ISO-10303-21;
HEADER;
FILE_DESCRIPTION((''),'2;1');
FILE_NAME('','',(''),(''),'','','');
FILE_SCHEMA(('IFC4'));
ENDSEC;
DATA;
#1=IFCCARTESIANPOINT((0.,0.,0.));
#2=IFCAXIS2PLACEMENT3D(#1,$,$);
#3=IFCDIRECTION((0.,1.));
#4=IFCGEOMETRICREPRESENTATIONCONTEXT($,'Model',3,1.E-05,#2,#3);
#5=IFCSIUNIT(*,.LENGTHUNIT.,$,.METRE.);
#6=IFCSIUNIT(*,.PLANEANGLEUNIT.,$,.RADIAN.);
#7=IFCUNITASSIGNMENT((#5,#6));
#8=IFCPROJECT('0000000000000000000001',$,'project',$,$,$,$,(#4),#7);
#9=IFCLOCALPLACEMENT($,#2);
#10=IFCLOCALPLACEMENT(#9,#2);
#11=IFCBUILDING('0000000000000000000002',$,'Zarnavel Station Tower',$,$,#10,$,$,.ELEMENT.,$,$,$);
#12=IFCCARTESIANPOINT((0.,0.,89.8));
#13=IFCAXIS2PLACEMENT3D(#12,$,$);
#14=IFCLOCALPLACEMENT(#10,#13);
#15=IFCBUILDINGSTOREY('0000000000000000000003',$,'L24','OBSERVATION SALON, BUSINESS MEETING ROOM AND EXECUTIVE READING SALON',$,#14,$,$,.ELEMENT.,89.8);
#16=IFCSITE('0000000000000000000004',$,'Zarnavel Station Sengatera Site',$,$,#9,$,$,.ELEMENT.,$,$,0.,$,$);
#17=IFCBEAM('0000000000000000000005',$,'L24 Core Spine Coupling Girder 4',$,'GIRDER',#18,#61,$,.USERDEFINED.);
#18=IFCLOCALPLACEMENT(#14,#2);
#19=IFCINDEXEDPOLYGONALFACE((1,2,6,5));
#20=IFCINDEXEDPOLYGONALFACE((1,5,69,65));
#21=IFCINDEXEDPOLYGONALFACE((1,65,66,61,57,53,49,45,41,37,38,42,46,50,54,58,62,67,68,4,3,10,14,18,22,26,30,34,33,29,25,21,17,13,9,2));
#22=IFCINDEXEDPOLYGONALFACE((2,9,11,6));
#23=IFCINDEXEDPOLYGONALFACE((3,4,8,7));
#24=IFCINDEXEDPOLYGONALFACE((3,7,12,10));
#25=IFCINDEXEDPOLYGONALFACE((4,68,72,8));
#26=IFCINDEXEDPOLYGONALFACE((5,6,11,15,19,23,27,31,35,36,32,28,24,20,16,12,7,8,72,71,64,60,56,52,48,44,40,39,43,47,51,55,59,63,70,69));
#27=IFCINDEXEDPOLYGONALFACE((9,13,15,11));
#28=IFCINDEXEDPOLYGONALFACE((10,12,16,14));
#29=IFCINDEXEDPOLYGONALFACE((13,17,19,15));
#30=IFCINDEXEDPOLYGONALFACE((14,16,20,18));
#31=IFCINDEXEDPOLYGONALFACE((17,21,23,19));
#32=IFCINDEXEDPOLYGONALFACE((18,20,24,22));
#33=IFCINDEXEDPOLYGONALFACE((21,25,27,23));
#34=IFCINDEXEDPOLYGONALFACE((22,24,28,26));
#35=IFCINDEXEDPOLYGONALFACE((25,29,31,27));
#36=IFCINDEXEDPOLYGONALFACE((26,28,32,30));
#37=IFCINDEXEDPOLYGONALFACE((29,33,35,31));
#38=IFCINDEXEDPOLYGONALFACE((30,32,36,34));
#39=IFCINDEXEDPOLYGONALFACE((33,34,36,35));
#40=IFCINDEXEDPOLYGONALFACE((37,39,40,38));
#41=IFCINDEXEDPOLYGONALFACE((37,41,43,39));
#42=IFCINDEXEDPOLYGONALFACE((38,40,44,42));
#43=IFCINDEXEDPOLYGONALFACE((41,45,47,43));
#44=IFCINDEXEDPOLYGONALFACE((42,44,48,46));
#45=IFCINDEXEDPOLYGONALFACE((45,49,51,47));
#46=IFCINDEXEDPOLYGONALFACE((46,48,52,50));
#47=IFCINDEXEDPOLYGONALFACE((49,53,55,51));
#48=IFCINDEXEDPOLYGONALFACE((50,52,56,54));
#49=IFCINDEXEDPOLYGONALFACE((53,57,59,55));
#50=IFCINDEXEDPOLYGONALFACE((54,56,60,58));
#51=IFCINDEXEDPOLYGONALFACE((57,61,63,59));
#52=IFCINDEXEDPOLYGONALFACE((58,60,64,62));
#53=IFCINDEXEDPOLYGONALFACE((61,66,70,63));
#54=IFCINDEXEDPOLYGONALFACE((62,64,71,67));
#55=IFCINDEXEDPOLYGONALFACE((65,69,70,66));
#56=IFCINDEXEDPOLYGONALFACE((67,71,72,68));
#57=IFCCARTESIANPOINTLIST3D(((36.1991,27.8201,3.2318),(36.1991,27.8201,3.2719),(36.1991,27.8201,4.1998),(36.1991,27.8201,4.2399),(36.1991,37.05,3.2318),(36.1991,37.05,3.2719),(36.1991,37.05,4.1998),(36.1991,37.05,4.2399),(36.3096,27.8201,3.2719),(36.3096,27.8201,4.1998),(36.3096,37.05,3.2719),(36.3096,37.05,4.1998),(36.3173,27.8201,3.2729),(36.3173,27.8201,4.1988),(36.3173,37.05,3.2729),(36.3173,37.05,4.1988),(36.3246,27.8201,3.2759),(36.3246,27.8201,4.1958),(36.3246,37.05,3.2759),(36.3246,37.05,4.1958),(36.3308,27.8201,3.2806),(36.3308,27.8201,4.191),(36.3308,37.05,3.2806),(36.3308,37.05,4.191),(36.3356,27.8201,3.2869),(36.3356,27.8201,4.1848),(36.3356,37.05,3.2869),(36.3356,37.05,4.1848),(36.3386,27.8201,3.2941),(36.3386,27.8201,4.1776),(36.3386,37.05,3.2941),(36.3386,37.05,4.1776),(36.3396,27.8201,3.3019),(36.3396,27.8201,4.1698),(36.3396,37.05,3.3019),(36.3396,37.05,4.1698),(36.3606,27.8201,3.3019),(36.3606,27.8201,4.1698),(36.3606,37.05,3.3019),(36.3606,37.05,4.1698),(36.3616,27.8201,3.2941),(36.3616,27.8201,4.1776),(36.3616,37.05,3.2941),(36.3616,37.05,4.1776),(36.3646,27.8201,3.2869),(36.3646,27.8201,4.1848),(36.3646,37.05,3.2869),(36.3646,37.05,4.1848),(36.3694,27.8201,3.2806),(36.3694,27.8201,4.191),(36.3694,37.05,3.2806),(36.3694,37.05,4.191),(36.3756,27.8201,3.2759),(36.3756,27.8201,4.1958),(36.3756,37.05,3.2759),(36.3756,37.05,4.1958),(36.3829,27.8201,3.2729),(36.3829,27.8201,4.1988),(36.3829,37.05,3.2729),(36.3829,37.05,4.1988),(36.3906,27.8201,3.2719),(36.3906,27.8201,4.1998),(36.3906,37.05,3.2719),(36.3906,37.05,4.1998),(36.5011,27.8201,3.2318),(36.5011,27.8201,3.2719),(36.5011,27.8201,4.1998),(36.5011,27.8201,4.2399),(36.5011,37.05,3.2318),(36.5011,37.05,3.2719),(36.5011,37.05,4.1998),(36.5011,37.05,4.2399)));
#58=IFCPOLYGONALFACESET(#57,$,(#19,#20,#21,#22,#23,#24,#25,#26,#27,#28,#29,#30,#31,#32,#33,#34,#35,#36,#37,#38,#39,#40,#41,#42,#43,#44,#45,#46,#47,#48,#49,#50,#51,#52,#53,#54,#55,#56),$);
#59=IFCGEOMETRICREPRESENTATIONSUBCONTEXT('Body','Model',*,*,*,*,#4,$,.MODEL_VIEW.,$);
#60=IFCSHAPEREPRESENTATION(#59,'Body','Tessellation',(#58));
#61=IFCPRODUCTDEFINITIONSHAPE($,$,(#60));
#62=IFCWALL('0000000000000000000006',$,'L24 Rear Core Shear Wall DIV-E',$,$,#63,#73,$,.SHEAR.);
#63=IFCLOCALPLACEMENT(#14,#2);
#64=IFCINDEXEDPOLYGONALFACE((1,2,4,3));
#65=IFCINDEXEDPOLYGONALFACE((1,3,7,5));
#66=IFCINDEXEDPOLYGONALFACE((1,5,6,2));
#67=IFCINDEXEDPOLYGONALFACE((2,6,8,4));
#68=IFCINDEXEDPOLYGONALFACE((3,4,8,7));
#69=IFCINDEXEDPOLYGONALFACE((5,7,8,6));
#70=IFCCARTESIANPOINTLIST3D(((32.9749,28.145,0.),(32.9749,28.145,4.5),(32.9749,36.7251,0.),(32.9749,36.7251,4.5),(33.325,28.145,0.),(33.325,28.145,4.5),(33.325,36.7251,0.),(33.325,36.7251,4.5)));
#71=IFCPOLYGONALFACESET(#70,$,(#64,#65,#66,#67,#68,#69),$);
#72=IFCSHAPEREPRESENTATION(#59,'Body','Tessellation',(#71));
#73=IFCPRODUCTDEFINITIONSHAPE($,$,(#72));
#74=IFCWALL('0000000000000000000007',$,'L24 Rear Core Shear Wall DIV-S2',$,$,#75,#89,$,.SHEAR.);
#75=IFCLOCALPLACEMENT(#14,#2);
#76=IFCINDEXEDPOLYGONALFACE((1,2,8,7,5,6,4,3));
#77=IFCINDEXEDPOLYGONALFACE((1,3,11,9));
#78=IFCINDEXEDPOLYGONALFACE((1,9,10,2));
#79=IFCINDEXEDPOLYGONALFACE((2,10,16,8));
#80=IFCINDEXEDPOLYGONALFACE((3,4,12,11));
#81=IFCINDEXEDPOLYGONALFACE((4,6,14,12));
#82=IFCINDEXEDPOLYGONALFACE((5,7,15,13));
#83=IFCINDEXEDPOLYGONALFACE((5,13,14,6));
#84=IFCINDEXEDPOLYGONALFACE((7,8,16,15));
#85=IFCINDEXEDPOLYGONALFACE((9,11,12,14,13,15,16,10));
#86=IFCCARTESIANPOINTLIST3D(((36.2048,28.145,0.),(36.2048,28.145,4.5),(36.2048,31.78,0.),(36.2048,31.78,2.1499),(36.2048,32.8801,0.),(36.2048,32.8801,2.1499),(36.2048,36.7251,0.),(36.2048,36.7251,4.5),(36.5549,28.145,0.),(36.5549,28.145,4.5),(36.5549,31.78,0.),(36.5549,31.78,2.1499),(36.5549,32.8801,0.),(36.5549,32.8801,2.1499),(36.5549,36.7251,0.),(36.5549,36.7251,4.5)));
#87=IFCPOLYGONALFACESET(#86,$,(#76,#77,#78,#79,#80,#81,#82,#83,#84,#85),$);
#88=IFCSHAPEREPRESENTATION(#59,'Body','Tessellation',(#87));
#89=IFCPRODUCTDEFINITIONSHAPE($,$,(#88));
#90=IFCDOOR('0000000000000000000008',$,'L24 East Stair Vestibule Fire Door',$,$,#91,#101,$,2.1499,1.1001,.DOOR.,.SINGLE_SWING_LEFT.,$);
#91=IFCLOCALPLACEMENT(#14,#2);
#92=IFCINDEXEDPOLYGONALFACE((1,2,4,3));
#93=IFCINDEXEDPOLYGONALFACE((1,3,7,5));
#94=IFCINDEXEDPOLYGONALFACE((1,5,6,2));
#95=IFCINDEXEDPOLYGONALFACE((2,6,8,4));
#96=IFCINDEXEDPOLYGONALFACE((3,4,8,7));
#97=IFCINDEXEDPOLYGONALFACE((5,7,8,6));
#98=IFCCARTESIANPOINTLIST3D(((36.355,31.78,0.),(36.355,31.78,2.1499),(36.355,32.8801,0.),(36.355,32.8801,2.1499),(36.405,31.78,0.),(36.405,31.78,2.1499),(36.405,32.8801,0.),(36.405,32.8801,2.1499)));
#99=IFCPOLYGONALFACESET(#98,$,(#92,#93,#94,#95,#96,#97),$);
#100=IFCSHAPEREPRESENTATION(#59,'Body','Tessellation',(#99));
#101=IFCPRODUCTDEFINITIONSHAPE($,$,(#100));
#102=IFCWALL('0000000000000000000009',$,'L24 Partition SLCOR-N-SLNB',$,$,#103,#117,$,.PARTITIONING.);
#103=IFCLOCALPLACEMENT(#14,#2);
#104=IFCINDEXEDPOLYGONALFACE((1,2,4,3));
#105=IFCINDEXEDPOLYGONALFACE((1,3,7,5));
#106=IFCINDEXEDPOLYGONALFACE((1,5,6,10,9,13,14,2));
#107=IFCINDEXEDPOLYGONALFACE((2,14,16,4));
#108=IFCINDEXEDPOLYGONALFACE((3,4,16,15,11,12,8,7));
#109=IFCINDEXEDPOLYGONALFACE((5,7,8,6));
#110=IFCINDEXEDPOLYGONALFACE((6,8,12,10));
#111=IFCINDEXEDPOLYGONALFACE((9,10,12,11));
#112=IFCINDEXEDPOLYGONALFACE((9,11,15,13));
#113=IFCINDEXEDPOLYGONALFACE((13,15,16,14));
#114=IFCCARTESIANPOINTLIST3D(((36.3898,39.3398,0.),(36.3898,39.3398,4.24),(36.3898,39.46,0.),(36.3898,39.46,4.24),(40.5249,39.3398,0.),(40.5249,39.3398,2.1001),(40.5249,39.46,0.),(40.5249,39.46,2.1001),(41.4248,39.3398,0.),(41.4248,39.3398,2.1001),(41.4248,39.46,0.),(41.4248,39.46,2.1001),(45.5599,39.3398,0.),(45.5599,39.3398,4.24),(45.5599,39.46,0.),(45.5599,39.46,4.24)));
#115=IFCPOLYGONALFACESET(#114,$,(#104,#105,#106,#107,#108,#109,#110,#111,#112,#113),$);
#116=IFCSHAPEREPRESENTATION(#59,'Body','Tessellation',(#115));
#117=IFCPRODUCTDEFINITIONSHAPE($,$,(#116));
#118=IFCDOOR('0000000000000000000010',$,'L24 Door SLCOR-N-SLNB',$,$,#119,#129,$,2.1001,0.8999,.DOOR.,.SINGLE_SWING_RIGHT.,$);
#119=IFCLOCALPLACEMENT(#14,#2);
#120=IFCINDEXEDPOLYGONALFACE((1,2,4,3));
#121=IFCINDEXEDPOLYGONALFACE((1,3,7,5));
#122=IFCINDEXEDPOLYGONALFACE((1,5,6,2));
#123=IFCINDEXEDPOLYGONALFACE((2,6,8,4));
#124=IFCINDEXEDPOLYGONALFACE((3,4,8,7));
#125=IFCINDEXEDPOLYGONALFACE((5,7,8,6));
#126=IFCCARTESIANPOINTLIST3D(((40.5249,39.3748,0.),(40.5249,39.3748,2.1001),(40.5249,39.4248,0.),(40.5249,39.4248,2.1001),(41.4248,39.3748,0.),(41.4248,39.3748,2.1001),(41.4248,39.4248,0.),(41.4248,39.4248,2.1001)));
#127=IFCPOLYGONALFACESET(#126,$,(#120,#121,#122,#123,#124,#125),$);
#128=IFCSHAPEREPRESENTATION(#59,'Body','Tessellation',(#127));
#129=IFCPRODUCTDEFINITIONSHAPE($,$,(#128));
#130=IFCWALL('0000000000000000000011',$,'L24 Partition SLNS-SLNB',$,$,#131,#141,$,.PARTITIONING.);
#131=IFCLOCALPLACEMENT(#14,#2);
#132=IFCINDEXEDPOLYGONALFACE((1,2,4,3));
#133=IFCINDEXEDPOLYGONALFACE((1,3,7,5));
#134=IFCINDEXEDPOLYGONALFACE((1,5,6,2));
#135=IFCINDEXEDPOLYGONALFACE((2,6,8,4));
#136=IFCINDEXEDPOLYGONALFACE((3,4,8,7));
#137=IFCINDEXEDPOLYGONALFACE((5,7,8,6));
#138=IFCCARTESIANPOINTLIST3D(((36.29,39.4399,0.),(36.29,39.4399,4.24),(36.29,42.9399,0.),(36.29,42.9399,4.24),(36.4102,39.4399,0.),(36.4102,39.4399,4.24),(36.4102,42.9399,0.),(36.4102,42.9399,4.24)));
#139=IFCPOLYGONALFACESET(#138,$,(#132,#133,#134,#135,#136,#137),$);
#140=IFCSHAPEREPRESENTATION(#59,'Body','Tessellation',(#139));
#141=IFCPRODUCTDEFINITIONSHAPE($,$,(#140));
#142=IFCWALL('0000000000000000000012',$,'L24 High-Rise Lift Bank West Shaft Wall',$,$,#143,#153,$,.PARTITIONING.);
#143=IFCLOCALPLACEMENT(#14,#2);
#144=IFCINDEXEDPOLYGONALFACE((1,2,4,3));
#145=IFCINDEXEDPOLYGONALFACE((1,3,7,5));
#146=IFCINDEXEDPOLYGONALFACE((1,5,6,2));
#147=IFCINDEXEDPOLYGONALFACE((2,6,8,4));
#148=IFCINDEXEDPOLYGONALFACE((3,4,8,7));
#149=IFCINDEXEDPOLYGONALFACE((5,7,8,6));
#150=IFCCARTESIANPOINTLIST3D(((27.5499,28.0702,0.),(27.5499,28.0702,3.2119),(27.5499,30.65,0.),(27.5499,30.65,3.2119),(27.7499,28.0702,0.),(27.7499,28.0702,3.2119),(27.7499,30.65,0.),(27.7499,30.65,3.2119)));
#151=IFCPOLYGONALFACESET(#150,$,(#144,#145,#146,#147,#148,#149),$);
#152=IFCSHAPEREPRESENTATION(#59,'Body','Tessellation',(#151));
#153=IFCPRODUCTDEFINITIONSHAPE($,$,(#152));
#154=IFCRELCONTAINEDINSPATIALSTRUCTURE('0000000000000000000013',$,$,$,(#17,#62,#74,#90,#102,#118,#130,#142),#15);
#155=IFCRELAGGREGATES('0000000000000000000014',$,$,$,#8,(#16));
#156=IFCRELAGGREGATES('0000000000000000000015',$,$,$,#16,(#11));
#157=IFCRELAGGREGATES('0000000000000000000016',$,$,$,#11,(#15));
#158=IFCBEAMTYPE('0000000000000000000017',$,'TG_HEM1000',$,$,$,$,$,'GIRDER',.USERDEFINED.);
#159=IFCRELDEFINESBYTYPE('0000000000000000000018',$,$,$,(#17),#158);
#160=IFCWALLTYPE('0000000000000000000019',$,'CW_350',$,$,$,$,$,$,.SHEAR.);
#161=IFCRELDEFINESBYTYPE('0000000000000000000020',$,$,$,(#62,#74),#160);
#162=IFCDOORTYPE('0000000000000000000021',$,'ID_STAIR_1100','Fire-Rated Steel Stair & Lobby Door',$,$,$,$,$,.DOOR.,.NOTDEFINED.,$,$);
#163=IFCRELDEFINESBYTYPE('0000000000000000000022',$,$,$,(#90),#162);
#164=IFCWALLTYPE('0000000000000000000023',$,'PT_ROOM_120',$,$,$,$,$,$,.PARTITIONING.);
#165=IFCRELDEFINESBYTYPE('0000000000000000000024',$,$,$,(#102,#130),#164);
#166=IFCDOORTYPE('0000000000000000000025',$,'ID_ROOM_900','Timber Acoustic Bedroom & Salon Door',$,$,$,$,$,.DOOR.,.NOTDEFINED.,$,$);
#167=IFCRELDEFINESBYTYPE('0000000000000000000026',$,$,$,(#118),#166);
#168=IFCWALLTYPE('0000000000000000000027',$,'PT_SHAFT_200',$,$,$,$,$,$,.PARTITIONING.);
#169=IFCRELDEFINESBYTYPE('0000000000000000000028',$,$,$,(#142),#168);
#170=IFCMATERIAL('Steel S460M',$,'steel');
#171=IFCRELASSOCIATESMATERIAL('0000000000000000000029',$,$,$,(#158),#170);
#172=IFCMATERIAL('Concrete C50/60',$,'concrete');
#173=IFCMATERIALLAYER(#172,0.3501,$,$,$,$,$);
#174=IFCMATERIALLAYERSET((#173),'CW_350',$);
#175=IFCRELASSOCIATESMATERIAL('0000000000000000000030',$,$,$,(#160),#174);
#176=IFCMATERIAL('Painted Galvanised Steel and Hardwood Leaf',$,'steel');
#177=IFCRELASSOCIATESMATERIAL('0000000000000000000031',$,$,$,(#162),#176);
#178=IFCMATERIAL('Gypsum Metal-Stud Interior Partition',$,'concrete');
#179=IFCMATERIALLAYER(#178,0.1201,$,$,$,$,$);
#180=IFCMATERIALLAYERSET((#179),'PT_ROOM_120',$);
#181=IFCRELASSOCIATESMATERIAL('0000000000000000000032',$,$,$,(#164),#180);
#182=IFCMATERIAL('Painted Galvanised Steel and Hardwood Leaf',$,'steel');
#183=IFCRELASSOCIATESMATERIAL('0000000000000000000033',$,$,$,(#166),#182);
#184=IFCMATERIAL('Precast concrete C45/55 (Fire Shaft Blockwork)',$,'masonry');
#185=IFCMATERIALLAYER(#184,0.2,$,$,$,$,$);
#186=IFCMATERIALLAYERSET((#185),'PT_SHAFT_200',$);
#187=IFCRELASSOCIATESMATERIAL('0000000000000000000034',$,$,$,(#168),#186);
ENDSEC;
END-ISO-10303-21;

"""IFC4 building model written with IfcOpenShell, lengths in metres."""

from ifc_helpers import new_model, si_unit, direction, frame, frame_2d, origin, origin_2d, place, context, subcontext, project, spatial, rectangle, i_section, extrude, material, layer, layer_set, material_profile, profile_set, type_object, element, fill, save


model = new_model("IFC4")

# Units and contexts
model_context = context("Model", 3, precision=1e-05, world=origin(), true_north=direction((0.0, 1.0)))
body_context = subcontext(model_context, "Body", "Model", "MODEL_VIEW")
ifc_project = project(units=[si_unit("LENGTHUNIT", "METRE"), si_unit("PLANEANGLEUNIT", "RADIAN")], contexts=[model_context])

# Site, building, storey
site_placement = place(None, origin())
site = spatial("IfcSite", under=ifc_project, at=site_placement, Name="Zarnavel Station Sengatera Site", CompositionType="ELEMENT", RefElevation=0.0)
building_placement = place(site_placement, origin())
building = spatial("IfcBuilding", under=site, at=building_placement, Name="Zarnavel Station Tower", CompositionType="ELEMENT")
storey_placement = place(building_placement, frame((0.0, 0.0, 89.8)))
storey = spatial("IfcBuildingStorey", under=building, at=storey_placement, Name="L24", Description="OBSERVATION SALON, BUSINESS MEETING ROOM AND EXECUTIVE READING SALON", CompositionType="ELEMENT", Elevation=89.8)

# Beam
ifc_material_1 = material(Name="Steel S460M", Category="steel")
ifc_material_profile_1 = material_profile(ifc_material_1, i_section(OverallWidth=0.302, OverallDepth=1.0081, WebThickness=0.021, FlangeThickness=0.04, FilletRadius=0.03, at=origin_2d()), Name="HEM1000")
ifc_profile_set_1 = profile_set([ifc_material_profile_1], Name="Steel S460M")
beam_type_1 = type_object("IfcBeamType", Name="TG_HEM1000", ElementType="GIRDER", PredefinedType="USERDEFINED", material=ifc_profile_set_1)
beam_1_placement = place(storey_placement, frame((36.3501, 27.8201, 3.7358), z_axis=(0.0, 1.0, 0.0), x_axis=(-1.0, 0.0, 0.0)))
element("IfcBeam", 1, at=beam_1_placement, inside=storey, type_object=beam_type_1, Name="L24 Core Spine Coupling Girder 4", ObjectType="GIRDER", PredefinedType="USERDEFINED", context=body_context, shape_type="SweptSolid", body=[
    extrude(i_section(OverallWidth=0.302, OverallDepth=1.0081, WebThickness=0.021, FlangeThickness=0.04, FilletRadius=0.03, at=origin_2d()), origin(), (0.0, 0.0, 1.0), 9.23),
])

# Wall
ifc_material_2 = material(Name="Concrete C50/60", Category="concrete")
ifc_layer_1 = layer(ifc_material_2, 0.3501)
ifc_layer_set_1 = layer_set([ifc_layer_1], Name="CW_350")
wall_type_1 = type_object("IfcWallType", Name="CW_350", PredefinedType="SHEAR", material=ifc_layer_set_1)
wall_1_placement = place(storey_placement, frame((33.1499, 28.145, 0.0), z_axis=(0.0, 0.0, 1.0), x_axis=(0.0, 1.0, 0.0)))
element("IfcWall", 2, at=wall_1_placement, inside=storey, type_object=wall_type_1, Name="L24 Rear Core Shear Wall DIV-E", PredefinedType="SHEAR", context=body_context, shape_type="SweptSolid", body=[
    extrude(rectangle(XDim=8.5801, YDim=0.3501, at=frame_2d((4.29, 0.0))), origin(), (0.0, 0.0, 1.0), 4.5),
])

# Walls, openings, doors
wall_2_placement = place(storey_placement, frame((36.3799, 28.145, 0.0), z_axis=(0.0, 0.0, 1.0), x_axis=(0.0, 1.0, 0.0)))
wall_2 = element("IfcWall", 3, at=wall_2_placement, inside=storey, type_object=wall_type_1, Name="L24 Rear Core Shear Wall DIV-S2", PredefinedType="SHEAR", context=body_context, shape_type="SweptSolid", body=[
    extrude(rectangle(XDim=8.5801, YDim=0.3501, at=frame_2d((4.29, 0.0))), origin(), (0.0, 0.0, 1.0), 4.5),
])
opening_1_placement = place(wall_2_placement, frame((3.635, 0.0, 0.0)))
opening_1 = element("IfcOpeningElement", 4, at=opening_1_placement, cuts=wall_2, PredefinedType="OPENING", context=body_context, shape_type="SweptSolid", body=[
    extrude(rectangle(XDim=1.1001, YDim=2.1499, at=frame_2d((0.55, 1.075))), frame((0.0, 0.1851, 0.0), z_axis=(0.0, -1.0, 0.0), x_axis=(1.0, 0.0, 0.0)), (0.0, 0.0, 1.0), 0.3701),
])
ifc_material_3 = material(Name="Painted Galvanised Steel and Hardwood Leaf", Category="steel")
door_type_1 = type_object("IfcDoorType", Name="ID_STAIR_1100", Description="Fire-Rated Steel Stair & Lobby Door", OperationType="NOTDEFINED", PredefinedType="DOOR", material=ifc_material_3)
door_1_placement = place(opening_1_placement, origin())
door_1 = element("IfcDoor", 5, at=door_1_placement, inside=storey, type_object=door_type_1, Name="L24 East Stair Vestibule Fire Door", OperationType="SINGLE_SWING_LEFT", OverallHeight=2.1499, OverallWidth=1.1001, PredefinedType="DOOR", context=body_context, shape_type="SweptSolid", body=[
    extrude(rectangle(XDim=1.1001, YDim=2.1499, at=frame_2d((0.55, 1.075))), frame((0.0, 0.0249, 0.0), z_axis=(0.0, -1.0, 0.0), x_axis=(1.0, 0.0, 0.0)), (0.0, 0.0, 1.0), 0.05),
])
fill(opening_1, door_1)
ifc_material_4 = material(Name="Gypsum Metal-Stud Interior Partition", Category="concrete")
ifc_layer_2 = layer(ifc_material_4, 0.1201)
ifc_layer_set_2 = layer_set([ifc_layer_2], Name="PT_ROOM_120")
wall_type_2 = type_object("IfcWallType", Name="PT_ROOM_120", PredefinedType="PARTITIONING", material=ifc_layer_set_2)
wall_3_placement = place(storey_placement, frame((36.3899, 39.3999, 0.0), z_axis=(0.0, 0.0, 1.0), x_axis=(1.0, 0.0, 0.0)))
wall_3 = element("IfcWall", 6, at=wall_3_placement, inside=storey, type_object=wall_type_2, Name="L24 Partition SLCOR-N-SLNB", PredefinedType="PARTITIONING", context=body_context, shape_type="SweptSolid", body=[
    extrude(rectangle(XDim=9.1702, YDim=0.1201, at=frame_2d((4.585, 0.0))), origin(), (0.0, 0.0, 1.0), 4.24),
])
opening_2_placement = place(wall_3_placement, frame((4.135, 0.0, 0.0)))
opening_2 = element("IfcOpeningElement", 7, at=opening_2_placement, cuts=wall_3, PredefinedType="OPENING", context=body_context, shape_type="SweptSolid", body=[
    extrude(rectangle(XDim=0.8999, YDim=2.1001, at=frame_2d((0.45, 1.05))), frame((0.0, 0.0701, 0.0), z_axis=(0.0, -1.0, 0.0), x_axis=(1.0, 0.0, 0.0)), (0.0, 0.0, 1.0), 0.1401),
])
ifc_material_5 = material(Name="Painted Galvanised Steel and Hardwood Leaf", Category="steel")
door_type_2 = type_object("IfcDoorType", Name="ID_ROOM_900", Description="Timber Acoustic Bedroom & Salon Door", OperationType="NOTDEFINED", PredefinedType="DOOR", material=ifc_material_5)
door_2_placement = place(opening_2_placement, origin())
door_2 = element("IfcDoor", 8, at=door_2_placement, inside=storey, type_object=door_type_2, Name="L24 Door SLCOR-N-SLNB", OperationType="SINGLE_SWING_RIGHT", OverallHeight=2.1001, OverallWidth=0.8999, PredefinedType="DOOR", context=body_context, shape_type="SweptSolid", body=[
    extrude(rectangle(XDim=0.8999, YDim=2.1001, at=frame_2d((0.45, 1.05))), frame((0.0, 0.0249, 0.0), z_axis=(0.0, -1.0, 0.0), x_axis=(1.0, 0.0, 0.0)), (0.0, 0.0, 1.0), 0.05),
])
fill(opening_2, door_2)

# Wall
wall_4_placement = place(storey_placement, frame((36.3501, 39.4399, 0.0), z_axis=(0.0, 0.0, 1.0), x_axis=(0.0, 1.0, 0.0)))
element("IfcWall", 9, at=wall_4_placement, inside=storey, type_object=wall_type_2, Name="L24 Partition SLNS-SLNB", PredefinedType="PARTITIONING", context=body_context, shape_type="SweptSolid", body=[
    extrude(rectangle(XDim=3.5, YDim=0.1201, at=frame_2d((1.75, 0.0))), origin(), (0.0, 0.0, 1.0), 4.24),
])

# Shared definitions
ifc_material_6 = material(Name="Precast concrete C45/55 (Fire Shaft Blockwork)", Category="masonry")
ifc_layer_3 = layer(ifc_material_6, 0.2)
ifc_layer_set_3 = layer_set([ifc_layer_3], Name="PT_SHAFT_200")
wall_type_3 = type_object("IfcWallType", Name="PT_SHAFT_200", PredefinedType="PARTITIONING", material=ifc_layer_set_3)

# Wall
wall_5_placement = place(storey_placement, frame((27.6499, 28.0701, 0.0), z_axis=(0.0, 0.0, 1.0), x_axis=(0.0, 1.0, 0.0)))
element("IfcWall", 10, at=wall_5_placement, inside=storey, type_object=wall_type_3, Name="L24 High-Rise Lift Bank West Shaft Wall", PredefinedType="PARTITIONING", context=body_context, shape_type="SweptSolid", body=[
    extrude(rectangle(XDim=2.5798, YDim=0.2, at=frame_2d((1.29, 0.0))), origin(), (0.0, 0.0, 1.0), 3.2119),
])

save(model, "model.ifc")
